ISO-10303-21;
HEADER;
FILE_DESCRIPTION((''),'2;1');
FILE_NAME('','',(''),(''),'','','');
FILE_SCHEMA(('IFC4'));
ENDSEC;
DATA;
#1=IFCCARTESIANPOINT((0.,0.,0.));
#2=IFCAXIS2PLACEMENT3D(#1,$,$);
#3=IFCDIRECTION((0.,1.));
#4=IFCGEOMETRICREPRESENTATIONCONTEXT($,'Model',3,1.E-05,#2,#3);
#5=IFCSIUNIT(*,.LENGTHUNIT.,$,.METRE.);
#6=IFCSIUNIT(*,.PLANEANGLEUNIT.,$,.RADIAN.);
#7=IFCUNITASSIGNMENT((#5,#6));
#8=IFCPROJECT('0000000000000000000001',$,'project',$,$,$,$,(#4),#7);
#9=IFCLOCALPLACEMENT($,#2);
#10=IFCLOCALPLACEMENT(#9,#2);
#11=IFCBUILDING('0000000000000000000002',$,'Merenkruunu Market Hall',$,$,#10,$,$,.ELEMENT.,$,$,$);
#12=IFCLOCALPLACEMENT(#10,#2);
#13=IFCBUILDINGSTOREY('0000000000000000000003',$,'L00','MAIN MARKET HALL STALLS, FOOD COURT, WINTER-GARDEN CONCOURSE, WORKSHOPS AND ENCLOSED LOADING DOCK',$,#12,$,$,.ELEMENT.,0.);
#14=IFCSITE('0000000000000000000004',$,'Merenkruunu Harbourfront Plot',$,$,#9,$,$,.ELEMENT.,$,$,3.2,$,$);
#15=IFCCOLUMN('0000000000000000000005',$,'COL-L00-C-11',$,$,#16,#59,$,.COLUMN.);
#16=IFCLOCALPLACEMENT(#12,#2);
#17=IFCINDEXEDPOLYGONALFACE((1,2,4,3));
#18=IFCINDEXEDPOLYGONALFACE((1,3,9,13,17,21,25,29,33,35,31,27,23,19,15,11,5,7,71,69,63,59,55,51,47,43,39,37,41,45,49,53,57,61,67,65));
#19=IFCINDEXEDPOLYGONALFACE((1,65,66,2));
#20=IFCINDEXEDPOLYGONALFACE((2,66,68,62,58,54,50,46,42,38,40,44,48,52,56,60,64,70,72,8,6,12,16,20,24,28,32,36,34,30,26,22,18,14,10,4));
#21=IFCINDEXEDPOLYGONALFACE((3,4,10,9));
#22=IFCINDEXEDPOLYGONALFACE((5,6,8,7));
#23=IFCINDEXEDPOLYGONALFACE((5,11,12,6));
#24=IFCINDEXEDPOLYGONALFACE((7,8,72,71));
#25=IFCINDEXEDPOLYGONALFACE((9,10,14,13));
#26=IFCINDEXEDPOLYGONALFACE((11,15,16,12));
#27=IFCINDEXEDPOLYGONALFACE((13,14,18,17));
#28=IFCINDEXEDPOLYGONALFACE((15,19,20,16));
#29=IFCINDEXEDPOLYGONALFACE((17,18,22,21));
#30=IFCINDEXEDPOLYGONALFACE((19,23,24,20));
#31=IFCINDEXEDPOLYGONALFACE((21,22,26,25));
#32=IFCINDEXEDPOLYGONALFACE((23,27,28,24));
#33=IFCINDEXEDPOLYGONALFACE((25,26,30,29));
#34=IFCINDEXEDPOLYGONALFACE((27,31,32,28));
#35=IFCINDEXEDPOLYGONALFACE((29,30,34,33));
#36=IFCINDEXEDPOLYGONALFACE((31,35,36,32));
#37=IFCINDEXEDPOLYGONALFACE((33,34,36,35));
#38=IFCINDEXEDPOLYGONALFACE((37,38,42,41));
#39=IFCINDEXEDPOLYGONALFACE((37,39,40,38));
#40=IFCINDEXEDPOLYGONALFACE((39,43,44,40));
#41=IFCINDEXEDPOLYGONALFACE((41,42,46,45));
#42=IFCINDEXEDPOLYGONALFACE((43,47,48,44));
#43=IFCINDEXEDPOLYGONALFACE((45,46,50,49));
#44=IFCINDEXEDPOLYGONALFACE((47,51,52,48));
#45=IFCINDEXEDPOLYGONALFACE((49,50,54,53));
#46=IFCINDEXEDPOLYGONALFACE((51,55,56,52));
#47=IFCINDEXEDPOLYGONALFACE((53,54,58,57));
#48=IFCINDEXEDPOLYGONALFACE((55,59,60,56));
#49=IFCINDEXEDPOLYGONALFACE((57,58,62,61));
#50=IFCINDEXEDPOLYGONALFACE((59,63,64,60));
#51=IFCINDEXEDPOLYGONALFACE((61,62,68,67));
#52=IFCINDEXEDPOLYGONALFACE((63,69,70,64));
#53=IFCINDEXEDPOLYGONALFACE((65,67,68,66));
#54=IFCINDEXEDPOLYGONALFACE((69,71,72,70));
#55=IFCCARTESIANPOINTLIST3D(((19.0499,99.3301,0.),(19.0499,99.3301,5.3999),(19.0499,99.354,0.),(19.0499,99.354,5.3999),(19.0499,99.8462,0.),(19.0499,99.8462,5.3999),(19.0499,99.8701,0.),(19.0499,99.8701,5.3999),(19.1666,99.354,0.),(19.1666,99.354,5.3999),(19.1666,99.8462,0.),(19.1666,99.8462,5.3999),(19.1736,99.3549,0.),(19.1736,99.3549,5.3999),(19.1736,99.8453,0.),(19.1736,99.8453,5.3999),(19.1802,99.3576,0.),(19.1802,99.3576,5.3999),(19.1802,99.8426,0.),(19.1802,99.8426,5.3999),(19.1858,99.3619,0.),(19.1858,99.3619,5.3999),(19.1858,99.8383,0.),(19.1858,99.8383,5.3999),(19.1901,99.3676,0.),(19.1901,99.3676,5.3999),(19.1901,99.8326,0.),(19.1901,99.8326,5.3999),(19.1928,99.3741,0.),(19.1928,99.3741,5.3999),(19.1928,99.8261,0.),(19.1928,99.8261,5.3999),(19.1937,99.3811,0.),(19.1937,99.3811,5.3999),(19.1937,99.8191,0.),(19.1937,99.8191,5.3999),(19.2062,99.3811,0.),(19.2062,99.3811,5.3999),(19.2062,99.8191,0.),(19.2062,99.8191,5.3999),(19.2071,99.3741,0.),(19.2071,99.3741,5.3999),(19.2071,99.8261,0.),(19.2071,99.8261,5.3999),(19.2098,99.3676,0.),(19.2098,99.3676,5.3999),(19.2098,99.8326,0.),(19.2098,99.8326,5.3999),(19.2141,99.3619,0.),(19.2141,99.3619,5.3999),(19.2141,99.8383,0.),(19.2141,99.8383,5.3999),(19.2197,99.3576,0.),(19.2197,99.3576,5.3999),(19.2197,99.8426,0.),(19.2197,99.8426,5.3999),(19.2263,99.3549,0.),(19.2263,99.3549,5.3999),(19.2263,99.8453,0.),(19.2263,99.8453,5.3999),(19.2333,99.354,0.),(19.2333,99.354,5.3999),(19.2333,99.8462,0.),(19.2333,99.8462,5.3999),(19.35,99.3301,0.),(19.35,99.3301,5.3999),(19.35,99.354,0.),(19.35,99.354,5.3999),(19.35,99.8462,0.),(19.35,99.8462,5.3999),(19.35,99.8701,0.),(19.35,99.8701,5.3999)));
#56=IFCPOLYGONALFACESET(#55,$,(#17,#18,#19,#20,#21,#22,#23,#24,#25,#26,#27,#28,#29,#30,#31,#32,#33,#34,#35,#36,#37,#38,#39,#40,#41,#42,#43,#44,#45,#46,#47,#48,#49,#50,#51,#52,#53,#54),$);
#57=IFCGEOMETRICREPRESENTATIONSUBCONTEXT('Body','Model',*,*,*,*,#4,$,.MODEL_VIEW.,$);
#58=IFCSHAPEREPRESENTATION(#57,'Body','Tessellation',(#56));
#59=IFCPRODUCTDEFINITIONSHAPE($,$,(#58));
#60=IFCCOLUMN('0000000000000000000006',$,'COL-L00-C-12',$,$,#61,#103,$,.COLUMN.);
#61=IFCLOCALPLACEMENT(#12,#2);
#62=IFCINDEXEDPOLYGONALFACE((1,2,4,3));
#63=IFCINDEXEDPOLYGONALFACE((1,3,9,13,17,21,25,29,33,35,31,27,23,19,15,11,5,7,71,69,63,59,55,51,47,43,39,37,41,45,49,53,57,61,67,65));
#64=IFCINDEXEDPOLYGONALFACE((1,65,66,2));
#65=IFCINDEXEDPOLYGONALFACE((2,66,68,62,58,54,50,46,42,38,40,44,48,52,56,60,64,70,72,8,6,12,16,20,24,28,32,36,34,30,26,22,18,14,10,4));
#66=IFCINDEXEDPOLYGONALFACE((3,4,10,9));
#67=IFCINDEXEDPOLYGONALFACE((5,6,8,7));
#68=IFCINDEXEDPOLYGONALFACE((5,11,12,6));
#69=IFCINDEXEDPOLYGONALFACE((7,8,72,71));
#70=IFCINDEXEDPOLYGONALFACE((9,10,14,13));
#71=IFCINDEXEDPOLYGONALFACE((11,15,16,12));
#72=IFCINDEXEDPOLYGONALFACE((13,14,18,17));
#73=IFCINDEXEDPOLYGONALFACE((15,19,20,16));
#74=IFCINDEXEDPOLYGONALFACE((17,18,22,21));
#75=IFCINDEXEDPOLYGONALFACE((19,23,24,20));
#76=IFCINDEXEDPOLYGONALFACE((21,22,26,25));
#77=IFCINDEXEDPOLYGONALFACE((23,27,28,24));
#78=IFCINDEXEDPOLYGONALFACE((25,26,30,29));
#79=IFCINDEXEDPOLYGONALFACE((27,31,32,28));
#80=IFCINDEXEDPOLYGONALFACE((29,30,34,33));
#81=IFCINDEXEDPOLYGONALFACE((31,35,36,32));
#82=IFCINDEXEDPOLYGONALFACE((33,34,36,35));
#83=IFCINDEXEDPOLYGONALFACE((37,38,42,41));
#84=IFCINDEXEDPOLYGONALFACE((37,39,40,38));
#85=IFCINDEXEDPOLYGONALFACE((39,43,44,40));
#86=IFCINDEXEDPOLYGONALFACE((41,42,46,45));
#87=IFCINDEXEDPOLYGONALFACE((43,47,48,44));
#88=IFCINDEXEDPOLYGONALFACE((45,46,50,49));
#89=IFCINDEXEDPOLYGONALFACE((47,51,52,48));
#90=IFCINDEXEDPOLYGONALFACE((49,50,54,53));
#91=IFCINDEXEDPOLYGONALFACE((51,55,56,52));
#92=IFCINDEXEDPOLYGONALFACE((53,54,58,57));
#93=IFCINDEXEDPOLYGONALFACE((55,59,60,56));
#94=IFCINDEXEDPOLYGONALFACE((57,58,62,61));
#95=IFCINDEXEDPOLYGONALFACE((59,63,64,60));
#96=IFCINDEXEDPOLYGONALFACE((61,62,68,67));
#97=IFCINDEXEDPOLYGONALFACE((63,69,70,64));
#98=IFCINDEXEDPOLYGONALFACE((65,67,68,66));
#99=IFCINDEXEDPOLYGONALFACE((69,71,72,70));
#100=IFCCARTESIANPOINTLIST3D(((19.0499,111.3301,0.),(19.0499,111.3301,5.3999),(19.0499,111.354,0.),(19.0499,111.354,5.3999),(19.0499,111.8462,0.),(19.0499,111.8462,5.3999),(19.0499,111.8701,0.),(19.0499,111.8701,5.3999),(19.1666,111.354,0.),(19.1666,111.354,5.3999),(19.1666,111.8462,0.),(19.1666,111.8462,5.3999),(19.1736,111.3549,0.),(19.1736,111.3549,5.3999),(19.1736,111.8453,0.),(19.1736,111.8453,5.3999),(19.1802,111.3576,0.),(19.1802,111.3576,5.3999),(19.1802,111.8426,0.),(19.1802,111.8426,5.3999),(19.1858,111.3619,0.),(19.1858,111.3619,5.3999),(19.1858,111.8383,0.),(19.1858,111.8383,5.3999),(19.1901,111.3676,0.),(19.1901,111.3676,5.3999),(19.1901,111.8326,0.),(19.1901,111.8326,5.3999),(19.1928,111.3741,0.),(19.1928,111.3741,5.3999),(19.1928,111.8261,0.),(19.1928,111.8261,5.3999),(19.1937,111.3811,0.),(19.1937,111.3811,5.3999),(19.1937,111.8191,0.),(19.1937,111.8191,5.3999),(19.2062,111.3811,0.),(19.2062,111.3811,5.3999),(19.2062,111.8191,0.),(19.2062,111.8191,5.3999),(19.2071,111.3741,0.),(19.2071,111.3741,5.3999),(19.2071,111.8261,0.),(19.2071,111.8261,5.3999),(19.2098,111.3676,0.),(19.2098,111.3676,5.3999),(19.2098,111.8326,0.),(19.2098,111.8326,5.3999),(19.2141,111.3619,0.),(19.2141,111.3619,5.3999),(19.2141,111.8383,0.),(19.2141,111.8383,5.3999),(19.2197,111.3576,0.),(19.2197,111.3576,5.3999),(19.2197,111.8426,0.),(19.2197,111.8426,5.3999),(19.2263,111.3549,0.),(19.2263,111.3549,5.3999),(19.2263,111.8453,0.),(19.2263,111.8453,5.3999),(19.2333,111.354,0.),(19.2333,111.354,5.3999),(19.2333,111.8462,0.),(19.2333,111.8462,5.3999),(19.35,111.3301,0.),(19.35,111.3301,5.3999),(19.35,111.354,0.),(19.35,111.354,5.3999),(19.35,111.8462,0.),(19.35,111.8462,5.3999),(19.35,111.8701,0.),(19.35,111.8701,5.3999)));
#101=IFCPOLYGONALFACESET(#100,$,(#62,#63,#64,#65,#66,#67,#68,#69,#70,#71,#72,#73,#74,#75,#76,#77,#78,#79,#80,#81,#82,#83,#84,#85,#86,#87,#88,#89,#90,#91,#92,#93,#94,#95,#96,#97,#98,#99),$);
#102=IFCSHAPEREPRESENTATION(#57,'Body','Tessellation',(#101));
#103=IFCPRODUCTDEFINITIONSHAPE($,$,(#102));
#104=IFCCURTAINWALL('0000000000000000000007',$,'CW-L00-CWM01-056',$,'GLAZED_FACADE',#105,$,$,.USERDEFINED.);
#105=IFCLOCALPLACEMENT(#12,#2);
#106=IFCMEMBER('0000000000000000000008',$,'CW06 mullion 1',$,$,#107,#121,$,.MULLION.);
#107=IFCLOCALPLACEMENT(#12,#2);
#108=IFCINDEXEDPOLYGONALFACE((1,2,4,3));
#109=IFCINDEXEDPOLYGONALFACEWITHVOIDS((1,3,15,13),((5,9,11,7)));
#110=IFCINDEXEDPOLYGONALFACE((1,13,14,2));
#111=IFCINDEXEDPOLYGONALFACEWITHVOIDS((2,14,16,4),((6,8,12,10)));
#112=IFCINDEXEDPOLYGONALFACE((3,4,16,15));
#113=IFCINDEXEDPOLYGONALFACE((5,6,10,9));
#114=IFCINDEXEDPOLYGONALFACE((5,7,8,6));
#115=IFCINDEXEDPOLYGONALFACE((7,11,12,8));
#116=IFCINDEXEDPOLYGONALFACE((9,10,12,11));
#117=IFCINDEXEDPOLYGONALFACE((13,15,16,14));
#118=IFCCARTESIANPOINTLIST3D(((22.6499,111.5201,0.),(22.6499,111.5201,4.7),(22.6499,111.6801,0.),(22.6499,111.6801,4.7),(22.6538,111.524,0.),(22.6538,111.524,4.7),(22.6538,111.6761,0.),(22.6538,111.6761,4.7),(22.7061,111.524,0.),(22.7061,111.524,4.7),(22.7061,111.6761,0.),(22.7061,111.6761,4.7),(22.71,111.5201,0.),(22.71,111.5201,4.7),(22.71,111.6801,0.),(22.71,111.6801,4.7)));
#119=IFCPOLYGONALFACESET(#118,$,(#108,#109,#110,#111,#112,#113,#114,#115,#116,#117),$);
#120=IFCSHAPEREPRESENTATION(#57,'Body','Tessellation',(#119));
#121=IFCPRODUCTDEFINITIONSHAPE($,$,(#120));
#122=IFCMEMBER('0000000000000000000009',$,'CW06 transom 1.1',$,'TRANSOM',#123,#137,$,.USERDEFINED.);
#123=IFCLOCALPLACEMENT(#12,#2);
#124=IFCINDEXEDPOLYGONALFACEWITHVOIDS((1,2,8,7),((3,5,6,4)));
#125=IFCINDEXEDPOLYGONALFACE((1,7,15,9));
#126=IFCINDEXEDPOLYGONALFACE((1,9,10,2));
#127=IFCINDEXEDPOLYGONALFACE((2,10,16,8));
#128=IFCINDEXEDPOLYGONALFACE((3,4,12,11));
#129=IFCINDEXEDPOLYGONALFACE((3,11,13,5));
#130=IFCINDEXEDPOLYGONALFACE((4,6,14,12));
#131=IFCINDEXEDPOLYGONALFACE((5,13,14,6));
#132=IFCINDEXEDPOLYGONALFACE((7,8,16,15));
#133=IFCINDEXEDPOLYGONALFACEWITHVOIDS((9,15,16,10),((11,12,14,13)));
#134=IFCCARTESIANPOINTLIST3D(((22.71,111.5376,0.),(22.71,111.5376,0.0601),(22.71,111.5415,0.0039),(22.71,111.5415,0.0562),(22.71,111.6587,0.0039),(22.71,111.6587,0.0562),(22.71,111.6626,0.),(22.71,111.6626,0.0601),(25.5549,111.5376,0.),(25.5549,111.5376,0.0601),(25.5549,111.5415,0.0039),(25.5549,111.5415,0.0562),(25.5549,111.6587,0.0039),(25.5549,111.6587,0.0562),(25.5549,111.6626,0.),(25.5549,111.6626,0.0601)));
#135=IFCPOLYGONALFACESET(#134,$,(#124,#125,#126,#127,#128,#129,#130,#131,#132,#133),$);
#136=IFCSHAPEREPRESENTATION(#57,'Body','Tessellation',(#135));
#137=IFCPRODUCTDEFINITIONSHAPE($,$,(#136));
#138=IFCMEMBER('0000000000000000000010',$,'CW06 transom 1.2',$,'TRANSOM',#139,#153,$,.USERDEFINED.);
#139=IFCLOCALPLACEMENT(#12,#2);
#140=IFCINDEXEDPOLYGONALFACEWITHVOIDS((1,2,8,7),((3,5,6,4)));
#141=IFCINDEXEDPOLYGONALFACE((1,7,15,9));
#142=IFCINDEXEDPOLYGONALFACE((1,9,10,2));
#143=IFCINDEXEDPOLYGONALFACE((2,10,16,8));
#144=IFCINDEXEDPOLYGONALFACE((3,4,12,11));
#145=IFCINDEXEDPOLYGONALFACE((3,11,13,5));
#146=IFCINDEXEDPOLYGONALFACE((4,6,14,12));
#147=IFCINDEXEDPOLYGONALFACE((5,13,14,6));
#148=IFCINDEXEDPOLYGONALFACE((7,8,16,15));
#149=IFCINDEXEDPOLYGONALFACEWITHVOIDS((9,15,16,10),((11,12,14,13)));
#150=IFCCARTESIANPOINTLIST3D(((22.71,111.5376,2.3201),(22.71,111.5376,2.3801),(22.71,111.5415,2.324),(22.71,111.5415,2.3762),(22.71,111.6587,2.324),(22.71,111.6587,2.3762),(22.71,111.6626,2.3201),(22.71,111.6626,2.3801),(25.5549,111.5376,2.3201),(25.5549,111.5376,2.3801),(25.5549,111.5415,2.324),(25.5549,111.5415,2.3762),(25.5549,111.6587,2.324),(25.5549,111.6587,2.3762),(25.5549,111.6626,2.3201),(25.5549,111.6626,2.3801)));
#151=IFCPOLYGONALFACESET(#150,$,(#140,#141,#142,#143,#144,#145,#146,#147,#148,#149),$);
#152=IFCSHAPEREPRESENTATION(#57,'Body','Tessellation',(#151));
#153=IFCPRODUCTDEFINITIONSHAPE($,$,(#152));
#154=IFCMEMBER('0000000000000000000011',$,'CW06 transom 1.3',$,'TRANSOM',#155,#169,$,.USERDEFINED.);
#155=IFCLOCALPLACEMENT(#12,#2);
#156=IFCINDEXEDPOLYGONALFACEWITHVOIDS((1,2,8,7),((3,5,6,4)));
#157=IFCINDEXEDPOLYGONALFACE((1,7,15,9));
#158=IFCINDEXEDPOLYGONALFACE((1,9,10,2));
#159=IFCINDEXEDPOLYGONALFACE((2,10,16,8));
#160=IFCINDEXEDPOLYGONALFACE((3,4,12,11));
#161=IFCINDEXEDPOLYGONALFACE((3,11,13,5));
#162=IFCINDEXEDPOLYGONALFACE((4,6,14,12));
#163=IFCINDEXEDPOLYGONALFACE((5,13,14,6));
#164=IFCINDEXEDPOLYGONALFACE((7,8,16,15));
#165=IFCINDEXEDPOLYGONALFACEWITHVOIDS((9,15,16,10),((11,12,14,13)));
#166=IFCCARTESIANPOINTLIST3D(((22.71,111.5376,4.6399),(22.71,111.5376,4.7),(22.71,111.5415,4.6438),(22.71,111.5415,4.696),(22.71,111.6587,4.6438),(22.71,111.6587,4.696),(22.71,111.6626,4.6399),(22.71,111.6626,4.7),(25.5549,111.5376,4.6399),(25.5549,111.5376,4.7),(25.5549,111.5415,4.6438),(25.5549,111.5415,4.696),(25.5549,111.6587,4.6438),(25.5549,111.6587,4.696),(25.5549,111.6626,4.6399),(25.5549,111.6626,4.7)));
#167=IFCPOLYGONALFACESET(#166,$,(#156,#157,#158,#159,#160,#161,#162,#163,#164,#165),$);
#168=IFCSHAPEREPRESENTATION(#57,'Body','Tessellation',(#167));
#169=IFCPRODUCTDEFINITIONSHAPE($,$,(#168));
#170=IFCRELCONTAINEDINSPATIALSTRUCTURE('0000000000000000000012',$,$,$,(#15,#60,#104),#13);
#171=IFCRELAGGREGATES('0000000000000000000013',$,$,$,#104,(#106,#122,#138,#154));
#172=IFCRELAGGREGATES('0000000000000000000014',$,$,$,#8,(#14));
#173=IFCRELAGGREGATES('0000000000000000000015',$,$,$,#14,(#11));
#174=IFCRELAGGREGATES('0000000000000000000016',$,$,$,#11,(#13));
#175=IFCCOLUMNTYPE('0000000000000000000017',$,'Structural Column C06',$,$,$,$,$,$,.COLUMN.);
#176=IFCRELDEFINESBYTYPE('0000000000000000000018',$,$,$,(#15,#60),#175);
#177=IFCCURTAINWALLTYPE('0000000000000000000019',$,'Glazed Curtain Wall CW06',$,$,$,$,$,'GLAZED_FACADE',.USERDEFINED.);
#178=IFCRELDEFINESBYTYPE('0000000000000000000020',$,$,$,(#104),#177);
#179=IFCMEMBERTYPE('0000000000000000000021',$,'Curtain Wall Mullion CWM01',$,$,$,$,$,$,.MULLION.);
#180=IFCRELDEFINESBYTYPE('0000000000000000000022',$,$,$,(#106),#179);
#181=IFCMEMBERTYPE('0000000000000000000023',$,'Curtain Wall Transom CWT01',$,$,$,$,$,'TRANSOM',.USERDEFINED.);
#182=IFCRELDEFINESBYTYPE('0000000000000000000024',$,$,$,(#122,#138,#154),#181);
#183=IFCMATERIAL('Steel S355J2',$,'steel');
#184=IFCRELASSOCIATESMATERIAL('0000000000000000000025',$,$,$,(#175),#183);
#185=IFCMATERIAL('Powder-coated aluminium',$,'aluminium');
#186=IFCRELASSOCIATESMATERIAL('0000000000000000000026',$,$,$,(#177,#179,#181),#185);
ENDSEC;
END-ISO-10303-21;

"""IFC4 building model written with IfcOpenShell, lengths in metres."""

from ifc_helpers import new_model, si_unit, direction, frame, origin, origin_2d, place, context, subcontext, project, spatial, hollow_rectangle, i_section, extrude, material, material_profile, profile_set, type_object, element, aggregate, save


model = new_model("IFC4")

# Units and contexts
model_context = context("Model", 3, precision=1e-05, world=origin(), true_north=direction((0.0, 1.0)))
body_context = subcontext(model_context, "Body", "Model", "MODEL_VIEW")
ifc_project = project(units=[si_unit("LENGTHUNIT", "METRE"), si_unit("PLANEANGLEUNIT", "RADIAN")], contexts=[model_context])

# Site, building, storey
site_placement = place(None, origin())
site = spatial("IfcSite", under=ifc_project, at=site_placement, Name="Merenkruunu Harbourfront Plot", CompositionType="ELEMENT", RefElevation=3.2)
building_placement = place(site_placement, origin())
building = spatial("IfcBuilding", under=site, at=building_placement, Name="Merenkruunu Market Hall", CompositionType="ELEMENT")
storey_placement = place(building_placement, origin())
storey = spatial("IfcBuildingStorey", under=building, at=storey_placement, Name="L00", Description="MAIN MARKET HALL STALLS, FOOD COURT, WINTER-GARDEN CONCOURSE, WORKSHOPS AND ENCLOSED LOADING DOCK", CompositionType="ELEMENT", Elevation=0.0)

# Columns
ifc_material_1 = material(Name="Steel S355J2", Category="steel")
ifc_material_profile_1 = material_profile(ifc_material_1, i_section(OverallWidth=0.3, OverallDepth=0.54, WebThickness=0.0125, FlangeThickness=0.0239, FilletRadius=0.0271, at=origin_2d()), Name="HEA 550")
ifc_profile_set_1 = profile_set([ifc_material_profile_1], Name="Steel S355J2")
column_type = type_object("IfcColumnType", Name="Structural Column C06", PredefinedType="COLUMN", material=ifc_profile_set_1)
for number, where, z_axis, x_axis, name in (
    (1, (19.2, 99.6001, 0.0), (0.0, 0.0, 1.0), (1.0, 0.0, 0.0), "COL-L00-C-11"),
    (2, (19.2, 111.6001, 0.0), (0.0, 0.0, 1.0), (1.0, 0.0, 0.0), "COL-L00-C-12"),
):
    element("IfcColumn", number, at=place(storey_placement, frame(where, z_axis=z_axis, x_axis=x_axis)), inside=storey, type_object=column_type, Name=name, PredefinedType="COLUMN", context=body_context, shape_type="SweptSolid", body=[
        extrude(i_section(OverallWidth=0.3, OverallDepth=0.54, WebThickness=0.0125, FlangeThickness=0.0239, FilletRadius=0.0271, at=origin_2d()), origin(), (0.0, 0.0, 1.0), 5.3999),
    ])

# Curtain wall, members
ifc_material_2 = material(Name="Powder-coated aluminium", Category="aluminium")
curtain_wall_type = type_object("IfcCurtainWallType", Name="Glazed Curtain Wall CW06", ElementType="GLAZED_FACADE", PredefinedType="USERDEFINED", material=ifc_material_2)
curtain_wall_placement = place(storey_placement, origin())
curtain_wall = element("IfcCurtainWall", 3, at=curtain_wall_placement, inside=storey, type_object=curtain_wall_type, Name="CW-L00-CWM01-056", ObjectType="GLAZED_FACADE", PredefinedType="USERDEFINED")
ifc_material_profile_2 = material_profile(ifc_material_2, hollow_rectangle(XDim=0.0601, YDim=0.1599, WallThickness=0.0039, at=origin_2d()), Name="ALU 60x160x4")
ifc_profile_set_2 = profile_set([ifc_material_profile_2], Name="Powder-coated aluminium")
member_type_1 = type_object("IfcMemberType", Name="Curtain Wall Mullion CWM01", PredefinedType="MULLION", material=ifc_profile_set_2)
member_1_placement = place(storey_placement, frame((22.6799, 111.6001, 0.0), z_axis=(0.0, 0.0, 1.0), x_axis=(1.0, 0.0, 0.0)))
member_1 = element("IfcMember", 4, at=member_1_placement, type_object=member_type_1, Name="CW06 mullion 1", PredefinedType="MULLION", context=body_context, shape_type="SweptSolid", body=[
    extrude(hollow_rectangle(XDim=0.0601, YDim=0.1599, WallThickness=0.0039, at=origin_2d()), origin(), (0.0, 0.0, 1.0), 4.7),
])
ifc_material_profile_3 = material_profile(ifc_material_2, hollow_rectangle(XDim=0.0601, YDim=0.125, WallThickness=0.0039, at=origin_2d()), Name="ALU 60x125x4")
ifc_profile_set_3 = profile_set([ifc_material_profile_3], Name="Powder-coated aluminium")
member_type_2 = type_object("IfcMemberType", Name="Curtain Wall Transom CWT01", ElementType="TRANSOM", PredefinedType="USERDEFINED", material=ifc_profile_set_3)
member_2_placement = place(storey_placement, frame((22.71, 111.6001, 0.03), z_axis=(1.0, 0.0, 0.0), x_axis=(0.0, 0.0, 1.0)))
member_2 = element("IfcMember", 5, at=member_2_placement, type_object=member_type_2, Name="CW06 transom 1.1", ObjectType="TRANSOM", PredefinedType="USERDEFINED", context=body_context, shape_type="SweptSolid", body=[
    extrude(hollow_rectangle(XDim=0.0601, YDim=0.125, WallThickness=0.0039, at=origin_2d()), origin(), (0.0, 0.0, 1.0), 2.845),
])
member_3_placement = place(storey_placement, frame((22.71, 111.6001, 2.3501), z_axis=(1.0, 0.0, 0.0), x_axis=(0.0, 0.0, 1.0)))
member_3 = element("IfcMember", 6, at=member_3_placement, type_object=member_type_2, Name="CW06 transom 1.2", ObjectType="TRANSOM", PredefinedType="USERDEFINED", context=body_context, shape_type="SweptSolid", body=[
    extrude(hollow_rectangle(XDim=0.0601, YDim=0.125, WallThickness=0.0039, at=origin_2d()), origin(), (0.0, 0.0, 1.0), 2.845),
])
member_4_placement = place(storey_placement, frame((22.71, 111.6001, 4.6699), z_axis=(1.0, 0.0, 0.0), x_axis=(0.0, 0.0, 1.0)))
member_4 = element("IfcMember", 7, at=member_4_placement, type_object=member_type_2, Name="CW06 transom 1.3", ObjectType="TRANSOM", PredefinedType="USERDEFINED", context=body_context, shape_type="SweptSolid", body=[
    extrude(hollow_rectangle(XDim=0.0601, YDim=0.125, WallThickness=0.0039, at=origin_2d()), origin(), (0.0, 0.0, 1.0), 2.845),
])
aggregate(curtain_wall, [member_1, member_2, member_3, member_4])

save(model, "model.ifc")
